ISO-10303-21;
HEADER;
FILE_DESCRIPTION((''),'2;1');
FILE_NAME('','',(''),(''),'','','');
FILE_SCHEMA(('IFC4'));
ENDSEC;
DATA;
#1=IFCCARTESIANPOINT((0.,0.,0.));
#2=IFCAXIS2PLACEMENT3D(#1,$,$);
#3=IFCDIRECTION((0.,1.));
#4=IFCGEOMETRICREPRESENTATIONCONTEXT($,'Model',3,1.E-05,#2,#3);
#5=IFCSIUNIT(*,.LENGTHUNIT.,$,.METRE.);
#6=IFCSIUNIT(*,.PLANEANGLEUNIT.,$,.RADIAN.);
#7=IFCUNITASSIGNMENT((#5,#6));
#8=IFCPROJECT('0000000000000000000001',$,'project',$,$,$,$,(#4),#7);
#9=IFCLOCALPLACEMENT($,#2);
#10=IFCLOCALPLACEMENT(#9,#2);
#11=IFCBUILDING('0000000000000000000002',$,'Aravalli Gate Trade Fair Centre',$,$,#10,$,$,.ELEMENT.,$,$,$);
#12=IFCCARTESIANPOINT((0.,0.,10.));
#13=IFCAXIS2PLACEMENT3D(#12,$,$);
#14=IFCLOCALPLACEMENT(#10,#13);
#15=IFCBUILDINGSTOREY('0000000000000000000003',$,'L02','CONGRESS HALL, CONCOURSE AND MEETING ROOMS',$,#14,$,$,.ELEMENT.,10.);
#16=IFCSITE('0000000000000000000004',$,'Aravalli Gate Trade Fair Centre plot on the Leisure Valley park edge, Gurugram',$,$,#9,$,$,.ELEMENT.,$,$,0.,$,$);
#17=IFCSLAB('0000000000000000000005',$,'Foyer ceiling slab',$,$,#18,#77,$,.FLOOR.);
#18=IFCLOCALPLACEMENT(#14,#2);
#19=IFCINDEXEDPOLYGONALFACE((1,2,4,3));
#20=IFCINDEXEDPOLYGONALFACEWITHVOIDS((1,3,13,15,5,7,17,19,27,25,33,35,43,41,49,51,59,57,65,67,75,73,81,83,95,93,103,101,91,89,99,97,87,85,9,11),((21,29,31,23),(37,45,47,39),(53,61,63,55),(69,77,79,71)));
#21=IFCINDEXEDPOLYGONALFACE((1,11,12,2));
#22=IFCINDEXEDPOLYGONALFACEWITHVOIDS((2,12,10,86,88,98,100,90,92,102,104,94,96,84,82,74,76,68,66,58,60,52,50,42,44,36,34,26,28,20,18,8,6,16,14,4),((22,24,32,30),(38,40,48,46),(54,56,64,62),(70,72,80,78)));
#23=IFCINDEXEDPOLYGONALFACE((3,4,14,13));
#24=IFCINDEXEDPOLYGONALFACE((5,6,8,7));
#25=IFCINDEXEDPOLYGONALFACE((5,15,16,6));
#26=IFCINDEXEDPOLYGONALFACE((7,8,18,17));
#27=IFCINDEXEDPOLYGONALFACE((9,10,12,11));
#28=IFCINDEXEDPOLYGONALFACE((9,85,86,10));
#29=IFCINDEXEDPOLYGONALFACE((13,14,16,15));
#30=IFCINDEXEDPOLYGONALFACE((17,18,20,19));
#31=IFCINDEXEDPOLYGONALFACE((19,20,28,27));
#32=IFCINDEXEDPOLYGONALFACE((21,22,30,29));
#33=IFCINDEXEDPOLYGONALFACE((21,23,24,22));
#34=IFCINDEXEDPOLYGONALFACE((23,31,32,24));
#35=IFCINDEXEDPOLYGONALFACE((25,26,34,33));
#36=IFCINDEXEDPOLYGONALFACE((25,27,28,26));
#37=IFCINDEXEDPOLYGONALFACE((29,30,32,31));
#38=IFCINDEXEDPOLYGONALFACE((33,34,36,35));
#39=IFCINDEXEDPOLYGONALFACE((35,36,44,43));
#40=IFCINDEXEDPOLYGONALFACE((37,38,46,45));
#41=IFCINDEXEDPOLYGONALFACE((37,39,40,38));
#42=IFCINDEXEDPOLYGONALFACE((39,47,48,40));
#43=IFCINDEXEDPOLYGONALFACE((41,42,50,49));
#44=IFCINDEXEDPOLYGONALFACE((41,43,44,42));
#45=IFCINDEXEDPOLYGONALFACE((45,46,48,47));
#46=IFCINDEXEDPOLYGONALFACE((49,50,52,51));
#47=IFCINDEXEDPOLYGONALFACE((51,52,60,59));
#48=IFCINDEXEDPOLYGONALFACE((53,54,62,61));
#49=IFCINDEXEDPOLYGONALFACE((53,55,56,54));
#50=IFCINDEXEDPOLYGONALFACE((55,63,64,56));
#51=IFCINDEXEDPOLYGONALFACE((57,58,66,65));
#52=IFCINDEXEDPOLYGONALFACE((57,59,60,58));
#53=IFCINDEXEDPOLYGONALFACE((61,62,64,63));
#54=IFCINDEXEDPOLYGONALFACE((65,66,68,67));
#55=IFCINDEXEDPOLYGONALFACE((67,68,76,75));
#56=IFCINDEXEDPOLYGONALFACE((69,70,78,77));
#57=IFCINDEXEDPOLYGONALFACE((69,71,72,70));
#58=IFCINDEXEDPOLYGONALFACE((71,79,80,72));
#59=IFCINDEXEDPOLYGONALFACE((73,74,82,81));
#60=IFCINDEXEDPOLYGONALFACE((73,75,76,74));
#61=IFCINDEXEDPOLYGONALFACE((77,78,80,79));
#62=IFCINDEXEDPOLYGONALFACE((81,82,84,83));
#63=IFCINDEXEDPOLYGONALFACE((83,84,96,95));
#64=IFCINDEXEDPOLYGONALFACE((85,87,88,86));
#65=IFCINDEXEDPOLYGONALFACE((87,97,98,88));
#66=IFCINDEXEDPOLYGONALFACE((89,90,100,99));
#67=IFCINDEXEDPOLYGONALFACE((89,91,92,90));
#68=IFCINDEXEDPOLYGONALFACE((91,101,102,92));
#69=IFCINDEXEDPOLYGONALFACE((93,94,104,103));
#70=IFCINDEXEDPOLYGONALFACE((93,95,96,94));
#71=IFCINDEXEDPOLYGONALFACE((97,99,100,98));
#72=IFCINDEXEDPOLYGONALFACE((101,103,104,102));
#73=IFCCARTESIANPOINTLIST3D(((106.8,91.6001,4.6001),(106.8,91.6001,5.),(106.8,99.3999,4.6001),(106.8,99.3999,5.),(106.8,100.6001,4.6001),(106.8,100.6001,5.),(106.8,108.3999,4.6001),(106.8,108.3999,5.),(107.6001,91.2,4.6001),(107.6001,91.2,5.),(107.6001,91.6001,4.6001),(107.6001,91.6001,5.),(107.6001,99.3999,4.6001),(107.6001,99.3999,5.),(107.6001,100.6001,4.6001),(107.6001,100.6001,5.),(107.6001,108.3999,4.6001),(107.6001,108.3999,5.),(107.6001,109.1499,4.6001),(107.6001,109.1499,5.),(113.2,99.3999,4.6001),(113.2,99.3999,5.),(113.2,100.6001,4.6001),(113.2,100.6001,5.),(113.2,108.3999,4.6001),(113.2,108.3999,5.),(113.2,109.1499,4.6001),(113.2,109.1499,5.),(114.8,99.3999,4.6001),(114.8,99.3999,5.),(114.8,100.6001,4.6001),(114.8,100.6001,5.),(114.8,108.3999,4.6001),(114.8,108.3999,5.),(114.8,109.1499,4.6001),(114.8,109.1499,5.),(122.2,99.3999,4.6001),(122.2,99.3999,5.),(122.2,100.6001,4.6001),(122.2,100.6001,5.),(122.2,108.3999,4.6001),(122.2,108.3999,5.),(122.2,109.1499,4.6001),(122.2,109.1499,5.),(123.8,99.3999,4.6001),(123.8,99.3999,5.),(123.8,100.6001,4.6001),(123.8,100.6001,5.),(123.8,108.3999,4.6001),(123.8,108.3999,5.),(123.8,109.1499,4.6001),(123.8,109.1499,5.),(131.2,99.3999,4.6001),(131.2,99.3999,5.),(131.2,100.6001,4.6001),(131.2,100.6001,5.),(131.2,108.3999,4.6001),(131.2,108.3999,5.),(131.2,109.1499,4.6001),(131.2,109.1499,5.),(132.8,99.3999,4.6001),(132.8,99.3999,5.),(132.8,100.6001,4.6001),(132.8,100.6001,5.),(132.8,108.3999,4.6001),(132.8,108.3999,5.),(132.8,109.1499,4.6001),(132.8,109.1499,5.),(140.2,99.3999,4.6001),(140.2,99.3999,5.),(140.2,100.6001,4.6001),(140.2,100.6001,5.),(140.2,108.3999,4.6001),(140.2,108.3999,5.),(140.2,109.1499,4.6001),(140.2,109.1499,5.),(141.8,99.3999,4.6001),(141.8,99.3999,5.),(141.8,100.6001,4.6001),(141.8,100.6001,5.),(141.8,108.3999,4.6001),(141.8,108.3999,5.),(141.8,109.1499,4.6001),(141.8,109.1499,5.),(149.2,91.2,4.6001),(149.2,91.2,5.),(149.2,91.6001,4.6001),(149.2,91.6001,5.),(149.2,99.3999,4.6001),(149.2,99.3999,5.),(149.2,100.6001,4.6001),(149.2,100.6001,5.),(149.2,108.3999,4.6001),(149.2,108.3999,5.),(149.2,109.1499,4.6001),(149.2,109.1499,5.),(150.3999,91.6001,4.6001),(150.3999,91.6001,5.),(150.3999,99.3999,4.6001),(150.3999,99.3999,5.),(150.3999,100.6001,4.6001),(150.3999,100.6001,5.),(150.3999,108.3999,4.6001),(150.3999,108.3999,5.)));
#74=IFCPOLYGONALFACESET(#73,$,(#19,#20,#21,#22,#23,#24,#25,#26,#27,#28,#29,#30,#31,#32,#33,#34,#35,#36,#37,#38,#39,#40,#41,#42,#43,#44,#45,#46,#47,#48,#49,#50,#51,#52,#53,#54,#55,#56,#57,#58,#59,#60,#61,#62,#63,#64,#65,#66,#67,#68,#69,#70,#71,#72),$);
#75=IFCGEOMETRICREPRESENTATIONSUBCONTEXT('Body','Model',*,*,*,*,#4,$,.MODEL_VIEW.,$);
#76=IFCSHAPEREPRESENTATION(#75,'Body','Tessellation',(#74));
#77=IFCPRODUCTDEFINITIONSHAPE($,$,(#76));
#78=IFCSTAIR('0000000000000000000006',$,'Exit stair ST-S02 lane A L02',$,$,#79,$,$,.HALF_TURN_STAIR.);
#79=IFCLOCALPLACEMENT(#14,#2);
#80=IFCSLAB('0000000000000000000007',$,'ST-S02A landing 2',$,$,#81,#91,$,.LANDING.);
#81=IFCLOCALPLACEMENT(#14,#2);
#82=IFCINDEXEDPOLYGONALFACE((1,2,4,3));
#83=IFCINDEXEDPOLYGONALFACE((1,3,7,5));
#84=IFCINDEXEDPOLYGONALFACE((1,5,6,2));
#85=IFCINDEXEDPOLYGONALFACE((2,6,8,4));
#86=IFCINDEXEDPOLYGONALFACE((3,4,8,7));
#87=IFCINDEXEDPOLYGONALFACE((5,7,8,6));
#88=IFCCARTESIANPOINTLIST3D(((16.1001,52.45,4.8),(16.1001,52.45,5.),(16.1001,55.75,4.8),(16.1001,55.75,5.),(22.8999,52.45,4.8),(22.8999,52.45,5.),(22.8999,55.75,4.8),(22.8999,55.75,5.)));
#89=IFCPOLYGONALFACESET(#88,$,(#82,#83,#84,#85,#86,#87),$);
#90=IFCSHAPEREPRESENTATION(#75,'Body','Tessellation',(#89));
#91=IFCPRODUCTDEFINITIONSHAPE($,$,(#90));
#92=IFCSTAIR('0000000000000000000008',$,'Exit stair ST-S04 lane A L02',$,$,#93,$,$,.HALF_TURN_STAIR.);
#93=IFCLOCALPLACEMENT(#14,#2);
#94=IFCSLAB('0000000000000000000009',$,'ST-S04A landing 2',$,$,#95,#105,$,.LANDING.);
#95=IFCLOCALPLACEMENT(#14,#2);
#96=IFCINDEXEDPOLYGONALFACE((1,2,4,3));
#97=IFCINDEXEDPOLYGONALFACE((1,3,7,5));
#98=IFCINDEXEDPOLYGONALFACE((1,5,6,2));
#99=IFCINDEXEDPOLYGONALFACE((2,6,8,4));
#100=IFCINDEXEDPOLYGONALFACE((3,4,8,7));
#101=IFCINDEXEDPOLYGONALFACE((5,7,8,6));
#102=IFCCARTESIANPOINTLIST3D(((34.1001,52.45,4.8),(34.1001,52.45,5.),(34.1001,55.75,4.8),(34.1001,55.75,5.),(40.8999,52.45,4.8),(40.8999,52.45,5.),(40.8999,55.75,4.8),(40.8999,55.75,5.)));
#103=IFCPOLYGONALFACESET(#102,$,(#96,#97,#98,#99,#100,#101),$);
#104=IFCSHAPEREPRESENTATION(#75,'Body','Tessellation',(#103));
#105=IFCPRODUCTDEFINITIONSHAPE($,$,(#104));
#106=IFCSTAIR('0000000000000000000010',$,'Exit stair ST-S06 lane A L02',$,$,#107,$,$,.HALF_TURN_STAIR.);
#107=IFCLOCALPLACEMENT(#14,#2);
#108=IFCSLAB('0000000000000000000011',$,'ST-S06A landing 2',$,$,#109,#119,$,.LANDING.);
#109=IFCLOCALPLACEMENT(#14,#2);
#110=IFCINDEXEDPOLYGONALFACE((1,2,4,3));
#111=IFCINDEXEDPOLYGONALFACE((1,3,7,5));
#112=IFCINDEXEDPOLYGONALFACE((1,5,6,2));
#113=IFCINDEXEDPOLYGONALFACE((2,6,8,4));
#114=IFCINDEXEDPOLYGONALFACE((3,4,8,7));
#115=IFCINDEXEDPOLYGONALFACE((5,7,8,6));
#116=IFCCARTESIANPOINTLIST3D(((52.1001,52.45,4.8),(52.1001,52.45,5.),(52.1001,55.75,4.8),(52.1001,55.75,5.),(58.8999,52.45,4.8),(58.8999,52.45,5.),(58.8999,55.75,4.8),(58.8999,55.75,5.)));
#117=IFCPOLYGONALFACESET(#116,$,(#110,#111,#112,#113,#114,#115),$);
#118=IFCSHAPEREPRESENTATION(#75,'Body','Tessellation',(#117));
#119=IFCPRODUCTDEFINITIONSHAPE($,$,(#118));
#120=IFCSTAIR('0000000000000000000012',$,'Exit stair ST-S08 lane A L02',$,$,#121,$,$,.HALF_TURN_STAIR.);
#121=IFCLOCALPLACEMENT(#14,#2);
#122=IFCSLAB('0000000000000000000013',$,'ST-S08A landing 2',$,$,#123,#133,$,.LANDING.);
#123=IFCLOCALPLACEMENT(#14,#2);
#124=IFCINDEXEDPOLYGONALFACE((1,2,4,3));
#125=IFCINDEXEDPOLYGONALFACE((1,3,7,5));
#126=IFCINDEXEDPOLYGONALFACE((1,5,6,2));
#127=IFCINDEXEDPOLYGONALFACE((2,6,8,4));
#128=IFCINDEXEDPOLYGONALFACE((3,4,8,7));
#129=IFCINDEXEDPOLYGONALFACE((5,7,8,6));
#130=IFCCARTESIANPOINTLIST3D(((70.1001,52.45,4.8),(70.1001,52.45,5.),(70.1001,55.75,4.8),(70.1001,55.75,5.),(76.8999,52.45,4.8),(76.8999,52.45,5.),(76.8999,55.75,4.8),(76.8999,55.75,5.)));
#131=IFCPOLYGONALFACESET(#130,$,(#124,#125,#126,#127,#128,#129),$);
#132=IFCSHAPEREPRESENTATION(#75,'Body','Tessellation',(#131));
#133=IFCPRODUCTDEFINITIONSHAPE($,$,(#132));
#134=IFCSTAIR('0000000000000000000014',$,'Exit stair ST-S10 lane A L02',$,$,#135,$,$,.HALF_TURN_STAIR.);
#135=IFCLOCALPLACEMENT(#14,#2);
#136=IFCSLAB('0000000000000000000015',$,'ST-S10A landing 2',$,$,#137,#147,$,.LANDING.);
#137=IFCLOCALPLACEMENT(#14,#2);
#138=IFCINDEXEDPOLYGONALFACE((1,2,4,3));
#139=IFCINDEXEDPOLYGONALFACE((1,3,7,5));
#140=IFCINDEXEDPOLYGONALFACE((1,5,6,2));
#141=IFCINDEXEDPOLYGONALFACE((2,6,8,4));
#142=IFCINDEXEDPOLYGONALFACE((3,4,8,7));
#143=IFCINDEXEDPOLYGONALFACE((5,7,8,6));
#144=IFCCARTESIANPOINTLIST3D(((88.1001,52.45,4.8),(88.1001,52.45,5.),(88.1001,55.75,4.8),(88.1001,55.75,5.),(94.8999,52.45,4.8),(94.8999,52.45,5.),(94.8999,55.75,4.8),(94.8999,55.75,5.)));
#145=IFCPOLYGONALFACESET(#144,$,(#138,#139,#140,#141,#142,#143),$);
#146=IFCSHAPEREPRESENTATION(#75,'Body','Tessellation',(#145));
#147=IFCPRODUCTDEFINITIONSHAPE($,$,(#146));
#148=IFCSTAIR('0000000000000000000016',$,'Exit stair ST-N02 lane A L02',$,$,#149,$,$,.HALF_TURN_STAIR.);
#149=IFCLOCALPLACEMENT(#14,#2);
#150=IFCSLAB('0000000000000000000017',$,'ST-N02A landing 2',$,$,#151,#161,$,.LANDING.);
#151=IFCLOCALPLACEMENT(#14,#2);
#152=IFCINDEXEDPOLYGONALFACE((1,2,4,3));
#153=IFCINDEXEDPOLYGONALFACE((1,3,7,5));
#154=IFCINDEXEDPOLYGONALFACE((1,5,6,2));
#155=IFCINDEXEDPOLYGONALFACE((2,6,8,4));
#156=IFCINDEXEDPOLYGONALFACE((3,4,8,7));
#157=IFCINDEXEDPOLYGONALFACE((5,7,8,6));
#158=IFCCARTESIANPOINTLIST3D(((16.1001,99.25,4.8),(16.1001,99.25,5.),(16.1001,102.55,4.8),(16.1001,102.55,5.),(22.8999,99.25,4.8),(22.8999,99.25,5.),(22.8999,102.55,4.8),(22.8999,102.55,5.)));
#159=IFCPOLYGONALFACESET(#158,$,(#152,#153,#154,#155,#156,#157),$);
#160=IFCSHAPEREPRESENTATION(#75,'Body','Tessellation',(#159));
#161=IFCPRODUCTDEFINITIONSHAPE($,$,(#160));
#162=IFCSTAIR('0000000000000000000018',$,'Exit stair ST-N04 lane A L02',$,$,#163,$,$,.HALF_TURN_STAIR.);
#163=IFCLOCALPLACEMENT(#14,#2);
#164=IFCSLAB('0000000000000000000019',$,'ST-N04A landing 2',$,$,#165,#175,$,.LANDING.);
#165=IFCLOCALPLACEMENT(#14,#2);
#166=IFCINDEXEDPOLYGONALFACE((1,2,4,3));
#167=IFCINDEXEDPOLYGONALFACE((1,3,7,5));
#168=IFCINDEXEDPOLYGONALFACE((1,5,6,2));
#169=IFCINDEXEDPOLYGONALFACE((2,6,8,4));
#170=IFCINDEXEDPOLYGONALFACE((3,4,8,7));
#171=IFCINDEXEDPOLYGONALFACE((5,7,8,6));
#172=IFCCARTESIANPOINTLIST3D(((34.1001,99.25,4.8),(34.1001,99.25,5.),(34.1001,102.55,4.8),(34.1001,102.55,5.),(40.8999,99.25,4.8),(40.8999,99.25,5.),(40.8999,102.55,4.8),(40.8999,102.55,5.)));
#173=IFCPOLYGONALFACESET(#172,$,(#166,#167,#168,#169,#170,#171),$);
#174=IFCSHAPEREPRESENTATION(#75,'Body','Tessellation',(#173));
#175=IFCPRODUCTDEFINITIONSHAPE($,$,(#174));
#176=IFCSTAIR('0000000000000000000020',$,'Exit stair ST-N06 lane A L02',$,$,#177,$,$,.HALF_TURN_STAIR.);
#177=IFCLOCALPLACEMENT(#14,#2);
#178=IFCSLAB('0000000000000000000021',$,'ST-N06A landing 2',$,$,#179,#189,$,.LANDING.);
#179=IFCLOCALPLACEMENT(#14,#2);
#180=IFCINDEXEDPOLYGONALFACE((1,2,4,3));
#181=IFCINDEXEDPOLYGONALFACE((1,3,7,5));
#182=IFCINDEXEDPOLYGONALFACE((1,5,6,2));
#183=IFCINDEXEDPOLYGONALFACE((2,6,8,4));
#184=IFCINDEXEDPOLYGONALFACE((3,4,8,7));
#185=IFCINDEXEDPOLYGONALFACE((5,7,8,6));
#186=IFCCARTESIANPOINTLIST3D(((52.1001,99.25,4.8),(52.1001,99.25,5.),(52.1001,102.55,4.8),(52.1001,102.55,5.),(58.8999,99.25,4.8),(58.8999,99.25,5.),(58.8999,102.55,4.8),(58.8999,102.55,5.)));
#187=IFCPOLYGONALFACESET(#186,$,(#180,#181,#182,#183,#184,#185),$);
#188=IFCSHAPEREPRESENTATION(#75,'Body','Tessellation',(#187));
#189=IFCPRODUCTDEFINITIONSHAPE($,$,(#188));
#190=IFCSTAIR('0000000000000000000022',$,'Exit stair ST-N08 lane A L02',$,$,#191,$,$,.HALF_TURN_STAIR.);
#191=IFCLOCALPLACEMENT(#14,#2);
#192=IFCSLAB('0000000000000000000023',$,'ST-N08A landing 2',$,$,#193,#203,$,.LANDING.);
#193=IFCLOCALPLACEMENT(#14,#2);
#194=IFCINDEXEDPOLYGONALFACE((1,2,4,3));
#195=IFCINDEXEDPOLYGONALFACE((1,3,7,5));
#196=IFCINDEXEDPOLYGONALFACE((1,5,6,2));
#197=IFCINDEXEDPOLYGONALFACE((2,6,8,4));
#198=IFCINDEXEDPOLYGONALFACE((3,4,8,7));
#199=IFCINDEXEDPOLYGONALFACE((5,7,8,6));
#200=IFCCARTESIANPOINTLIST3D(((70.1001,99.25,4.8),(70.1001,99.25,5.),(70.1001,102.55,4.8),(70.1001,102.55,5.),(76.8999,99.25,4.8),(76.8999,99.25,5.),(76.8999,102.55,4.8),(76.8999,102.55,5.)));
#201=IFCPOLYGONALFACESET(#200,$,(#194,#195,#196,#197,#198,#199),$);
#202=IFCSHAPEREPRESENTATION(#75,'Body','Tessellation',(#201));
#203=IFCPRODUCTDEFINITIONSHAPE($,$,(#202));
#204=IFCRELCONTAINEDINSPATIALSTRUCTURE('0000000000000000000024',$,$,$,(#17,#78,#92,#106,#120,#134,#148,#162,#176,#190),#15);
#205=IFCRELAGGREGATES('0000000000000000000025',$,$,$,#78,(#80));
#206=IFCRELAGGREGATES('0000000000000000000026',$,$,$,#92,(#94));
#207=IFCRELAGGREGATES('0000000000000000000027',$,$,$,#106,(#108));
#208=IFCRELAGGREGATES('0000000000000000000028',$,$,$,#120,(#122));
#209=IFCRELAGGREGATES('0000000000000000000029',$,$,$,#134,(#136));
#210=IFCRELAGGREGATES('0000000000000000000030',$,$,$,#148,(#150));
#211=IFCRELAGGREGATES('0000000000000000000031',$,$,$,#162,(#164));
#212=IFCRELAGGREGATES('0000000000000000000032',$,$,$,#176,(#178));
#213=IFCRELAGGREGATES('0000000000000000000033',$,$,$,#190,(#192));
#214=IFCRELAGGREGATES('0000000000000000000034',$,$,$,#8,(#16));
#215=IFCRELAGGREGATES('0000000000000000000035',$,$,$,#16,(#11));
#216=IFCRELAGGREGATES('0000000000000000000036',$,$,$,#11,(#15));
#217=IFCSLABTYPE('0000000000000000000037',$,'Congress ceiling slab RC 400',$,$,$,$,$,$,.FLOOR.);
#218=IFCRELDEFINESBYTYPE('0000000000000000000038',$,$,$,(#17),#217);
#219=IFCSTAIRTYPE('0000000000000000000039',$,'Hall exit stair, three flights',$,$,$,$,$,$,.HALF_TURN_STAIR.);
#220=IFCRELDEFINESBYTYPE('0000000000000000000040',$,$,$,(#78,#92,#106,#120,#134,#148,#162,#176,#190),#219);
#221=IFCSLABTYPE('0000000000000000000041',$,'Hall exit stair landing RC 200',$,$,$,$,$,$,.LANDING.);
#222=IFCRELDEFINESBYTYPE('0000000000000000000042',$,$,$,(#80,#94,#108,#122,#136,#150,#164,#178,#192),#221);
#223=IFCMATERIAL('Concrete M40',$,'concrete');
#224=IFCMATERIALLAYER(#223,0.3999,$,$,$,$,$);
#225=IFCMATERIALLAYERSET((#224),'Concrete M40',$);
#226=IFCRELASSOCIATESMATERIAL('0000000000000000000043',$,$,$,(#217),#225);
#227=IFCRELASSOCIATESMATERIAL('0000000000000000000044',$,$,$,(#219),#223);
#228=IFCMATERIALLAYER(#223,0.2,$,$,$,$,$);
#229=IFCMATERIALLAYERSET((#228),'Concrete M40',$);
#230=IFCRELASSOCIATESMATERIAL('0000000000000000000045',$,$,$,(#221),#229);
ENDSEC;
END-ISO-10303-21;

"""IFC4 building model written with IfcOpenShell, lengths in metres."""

from ifc_helpers import new_model, si_unit, direction, frame, origin, place, context, subcontext, project, spatial, polyline, outline, extrude, material, layer, layer_set, type_object, element, aggregate, save


model = new_model("IFC4")

# Units and contexts
model_context = context("Model", 3, precision=1e-05, world=origin(), true_north=direction((0.0, 1.0)))
body_context = subcontext(model_context, "Body", "Model", "MODEL_VIEW")
ifc_project = project(units=[si_unit("LENGTHUNIT", "METRE"), si_unit("PLANEANGLEUNIT", "RADIAN")], contexts=[model_context])

# Site, building, storey
site_placement = place(None, origin())
site = spatial("IfcSite", under=ifc_project, at=site_placement, Name="Aravalli Gate Trade Fair Centre plot on the Leisure Valley park edge, Gurugram", CompositionType="ELEMENT", RefElevation=0.0)
building_placement = place(site_placement, origin())
building = spatial("IfcBuilding", under=site, at=building_placement, Name="Aravalli Gate Trade Fair Centre", CompositionType="ELEMENT")
storey_placement = place(building_placement, frame((0.0, 0.0, 10.0)))
storey = spatial("IfcBuildingStorey", under=building, at=storey_placement, Name="L02", Description="CONGRESS HALL, CONCOURSE AND MEETING ROOMS", CompositionType="ELEMENT", Elevation=10.0)

# Slab
ifc_material_1 = material(Name="Concrete M40", Category="concrete")
ifc_layer_1 = layer(ifc_material_1, 0.3999)
ifc_layer_set_1 = layer_set([ifc_layer_1], Name="Concrete M40")
slab_type_1 = type_object("IfcSlabType", Name="Congress ceiling slab RC 400", PredefinedType="FLOOR", material=ifc_layer_set_1)
slab_1_placement = place(storey_placement, frame((0.0, 0.0, 4.6001)))
element("IfcSlab", 1, at=slab_1_placement, inside=storey, type_object=slab_type_1, Name="Foyer ceiling slab", PredefinedType="FLOOR", context=body_context, shape_type="SweptSolid", body=[
    extrude(outline(polyline([(150.3999, 91.6001), (149.2, 91.6001), (149.2, 91.2), (107.6001, 91.2), (107.6001, 91.6001), (106.8, 91.6001), (106.8, 99.3999), (107.6001, 99.3999), (107.6001, 100.6001), (106.8, 100.6001), (106.8, 108.3999), (107.6001, 108.3999), (107.6001, 109.1499), (113.2, 109.1499), (113.2, 108.3999), (114.8, 108.3999), (114.8, 109.1499), (122.2, 109.1499), (122.2, 108.3999), (123.8, 108.3999), (123.8, 109.1499), (131.2, 109.1499), (131.2, 108.3999), (132.8, 108.3999), (132.8, 109.1499), (140.2, 109.1499), (140.2, 108.3999), (141.8, 108.3999), (141.8, 109.1499), (149.2, 109.1499), (149.2, 108.3999), (150.3999, 108.3999), (150.3999, 100.6001), (149.2, 100.6001), (149.2, 99.3999), (150.3999, 99.3999), (150.3999, 91.6001)]), holes=[polyline([(123.8, 99.3999), (123.8, 100.6001), (122.2, 100.6001), (122.2, 99.3999), (123.8, 99.3999)]), polyline([(114.8, 99.3999), (114.8, 100.6001), (113.2, 100.6001), (113.2, 99.3999), (114.8, 99.3999)]), polyline([(141.8, 99.3999), (141.8, 100.6001), (140.2, 100.6001), (140.2, 99.3999), (141.8, 99.3999)]), polyline([(132.8, 99.3999), (132.8, 100.6001), (131.2, 100.6001), (131.2, 99.3999), (132.8, 99.3999)])]), origin(), (0.0, 0.0, 1.0), 0.3999),
])

# Stairs, slabs
stair_type_1 = type_object("IfcStairType", Name="Hall exit stair, three flights", PredefinedType="HALF_TURN_STAIR", material=ifc_material_1)
stair_1_placement = place(storey_placement, origin())
stair_1 = element("IfcStair", 2, at=stair_1_placement, inside=storey, type_object=stair_type_1, Name="Exit stair ST-S02 lane A L02", PredefinedType="HALF_TURN_STAIR")
ifc_layer_2 = layer(ifc_material_1, 0.2)
ifc_layer_set_2 = layer_set([ifc_layer_2], Name="Concrete M40")
slab_type_2 = type_object("IfcSlabType", Name="Hall exit stair landing RC 200", PredefinedType="LANDING", material=ifc_layer_set_2)
slab_2_placement = place(storey_placement, frame((0.0, 0.0, 4.8)))
slab_2 = element("IfcSlab", 3, at=slab_2_placement, type_object=slab_type_2, Name="ST-S02A landing 2", PredefinedType="LANDING", context=body_context, shape_type="SweptSolid", body=[
    extrude(outline(polyline([(16.1001, 52.45), (22.8999, 52.45), (22.8999, 55.75), (16.1001, 55.75), (16.1001, 52.45)])), origin(), (0.0, 0.0, 1.0), 0.2),
])
aggregate(stair_1, [slab_2])
stair_2_placement = place(storey_placement, origin())
stair_2 = element("IfcStair", 4, at=stair_2_placement, inside=storey, type_object=stair_type_1, Name="Exit stair ST-S04 lane A L02", PredefinedType="HALF_TURN_STAIR")
slab_3_placement = place(storey_placement, frame((0.0, 0.0, 4.8)))
slab_3 = element("IfcSlab", 5, at=slab_3_placement, type_object=slab_type_2, Name="ST-S04A landing 2", PredefinedType="LANDING", context=body_context, shape_type="SweptSolid", body=[
    extrude(outline(polyline([(34.1001, 52.45), (40.8999, 52.45), (40.8999, 55.75), (34.1001, 55.75), (34.1001, 52.45)])), origin(), (0.0, 0.0, 1.0), 0.2),
])
aggregate(stair_2, [slab_3])
stair_3_placement = place(storey_placement, origin())
stair_3 = element("IfcStair", 6, at=stair_3_placement, inside=storey, type_object=stair_type_1, Name="Exit stair ST-S06 lane A L02", PredefinedType="HALF_TURN_STAIR")
slab_4_placement = place(storey_placement, frame((0.0, 0.0, 4.8)))
slab_4 = element("IfcSlab", 7, at=slab_4_placement, type_object=slab_type_2, Name="ST-S06A landing 2", PredefinedType="LANDING", context=body_context, shape_type="SweptSolid", body=[
    extrude(outline(polyline([(52.1001, 52.45), (58.8999, 52.45), (58.8999, 55.75), (52.1001, 55.75), (52.1001, 52.45)])), origin(), (0.0, 0.0, 1.0), 0.2),
])
aggregate(stair_3, [slab_4])
stair_4_placement = place(storey_placement, origin())
stair_4 = element("IfcStair", 8, at=stair_4_placement, inside=storey, type_object=stair_type_1, Name="Exit stair ST-S08 lane A L02", PredefinedType="HALF_TURN_STAIR")
slab_5_placement = place(storey_placement, frame((0.0, 0.0, 4.8)))
slab_5 = element("IfcSlab", 9, at=slab_5_placement, type_object=slab_type_2, Name="ST-S08A landing 2", PredefinedType="LANDING", context=body_context, shape_type="SweptSolid", body=[
    extrude(outline(polyline([(70.1001, 52.45), (76.8999, 52.45), (76.8999, 55.75), (70.1001, 55.75), (70.1001, 52.45)])), origin(), (0.0, 0.0, 1.0), 0.2),
])
aggregate(stair_4, [slab_5])
stair_5_placement = place(storey_placement, origin())
stair_5 = element("IfcStair", 10, at=stair_5_placement, inside=storey, type_object=stair_type_1, Name="Exit stair ST-S10 lane A L02", PredefinedType="HALF_TURN_STAIR")
slab_6_placement = place(storey_placement, frame((0.0, 0.0, 4.8)))
slab_6 = element("IfcSlab", 11, at=slab_6_placement, type_object=slab_type_2, Name="ST-S10A landing 2", PredefinedType="LANDING", context=body_context, shape_type="SweptSolid", body=[
    extrude(outline(polyline([(88.1001, 52.45), (94.8999, 52.45), (94.8999, 55.75), (88.1001, 55.75), (88.1001, 52.45)])), origin(), (0.0, 0.0, 1.0), 0.2),
])
aggregate(stair_5, [slab_6])
stair_6_placement = place(storey_placement, origin())
stair_6 = element("IfcStair", 12, at=stair_6_placement, inside=storey, type_object=stair_type_1, Name="Exit stair ST-N02 lane A L02", PredefinedType="HALF_TURN_STAIR")
slab_7_placement = place(storey_placement, frame((0.0, 0.0, 4.8)))
slab_7 = element("IfcSlab", 13, at=slab_7_placement, type_object=slab_type_2, Name="ST-N02A landing 2", PredefinedType="LANDING", context=body_context, shape_type="SweptSolid", body=[
    extrude(outline(polyline([(16.1001, 102.55), (22.8999, 102.55), (22.8999, 99.25), (16.1001, 99.25), (16.1001, 102.55)])), origin(), (0.0, 0.0, 1.0), 0.2),
])
aggregate(stair_6, [slab_7])
stair_7_placement = place(storey_placement, origin())
stair_7 = element("IfcStair", 14, at=stair_7_placement, inside=storey, type_object=stair_type_1, Name="Exit stair ST-N04 lane A L02", PredefinedType="HALF_TURN_STAIR")
slab_8_placement = place(storey_placement, frame((0.0, 0.0, 4.8)))
slab_8 = element("IfcSlab", 15, at=slab_8_placement, type_object=slab_type_2, Name="ST-N04A landing 2", PredefinedType="LANDING", context=body_context, shape_type="SweptSolid", body=[
    extrude(outline(polyline([(34.1001, 102.55), (40.8999, 102.55), (40.8999, 99.25), (34.1001, 99.25), (34.1001, 102.55)])), origin(), (0.0, 0.0, 1.0), 0.2),
])
aggregate(stair_7, [slab_8])
stair_8_placement = place(storey_placement, origin())
stair_8 = element("IfcStair", 16, at=stair_8_placement, inside=storey, type_object=stair_type_1, Name="Exit stair ST-N06 lane A L02", PredefinedType="HALF_TURN_STAIR")
slab_9_placement = place(storey_placement, frame((0.0, 0.0, 4.8)))
slab_9 = element("IfcSlab", 17, at=slab_9_placement, type_object=slab_type_2, Name="ST-N06A landing 2", PredefinedType="LANDING", context=body_context, shape_type="SweptSolid", body=[
    extrude(outline(polyline([(52.1001, 102.55), (58.8999, 102.55), (58.8999, 99.25), (52.1001, 99.25), (52.1001, 102.55)])), origin(), (0.0, 0.0, 1.0), 0.2),
])
aggregate(stair_8, [slab_9])
stair_9_placement = place(storey_placement, origin())
stair_9 = element("IfcStair", 18, at=stair_9_placement, inside=storey, type_object=stair_type_1, Name="Exit stair ST-N08 lane A L02", PredefinedType="HALF_TURN_STAIR")
slab_10_placement = place(storey_placement, frame((0.0, 0.0, 4.8)))
slab_10 = element("IfcSlab", 19, at=slab_10_placement, type_object=slab_type_2, Name="ST-N08A landing 2", PredefinedType="LANDING", context=body_context, shape_type="SweptSolid", body=[
    extrude(outline(polyline([(70.1001, 102.55), (76.8999, 102.55), (76.8999, 99.25), (70.1001, 99.25), (70.1001, 102.55)])), origin(), (0.0, 0.0, 1.0), 0.2),
])
aggregate(stair_9, [slab_10])

save(model, "model.ifc")
